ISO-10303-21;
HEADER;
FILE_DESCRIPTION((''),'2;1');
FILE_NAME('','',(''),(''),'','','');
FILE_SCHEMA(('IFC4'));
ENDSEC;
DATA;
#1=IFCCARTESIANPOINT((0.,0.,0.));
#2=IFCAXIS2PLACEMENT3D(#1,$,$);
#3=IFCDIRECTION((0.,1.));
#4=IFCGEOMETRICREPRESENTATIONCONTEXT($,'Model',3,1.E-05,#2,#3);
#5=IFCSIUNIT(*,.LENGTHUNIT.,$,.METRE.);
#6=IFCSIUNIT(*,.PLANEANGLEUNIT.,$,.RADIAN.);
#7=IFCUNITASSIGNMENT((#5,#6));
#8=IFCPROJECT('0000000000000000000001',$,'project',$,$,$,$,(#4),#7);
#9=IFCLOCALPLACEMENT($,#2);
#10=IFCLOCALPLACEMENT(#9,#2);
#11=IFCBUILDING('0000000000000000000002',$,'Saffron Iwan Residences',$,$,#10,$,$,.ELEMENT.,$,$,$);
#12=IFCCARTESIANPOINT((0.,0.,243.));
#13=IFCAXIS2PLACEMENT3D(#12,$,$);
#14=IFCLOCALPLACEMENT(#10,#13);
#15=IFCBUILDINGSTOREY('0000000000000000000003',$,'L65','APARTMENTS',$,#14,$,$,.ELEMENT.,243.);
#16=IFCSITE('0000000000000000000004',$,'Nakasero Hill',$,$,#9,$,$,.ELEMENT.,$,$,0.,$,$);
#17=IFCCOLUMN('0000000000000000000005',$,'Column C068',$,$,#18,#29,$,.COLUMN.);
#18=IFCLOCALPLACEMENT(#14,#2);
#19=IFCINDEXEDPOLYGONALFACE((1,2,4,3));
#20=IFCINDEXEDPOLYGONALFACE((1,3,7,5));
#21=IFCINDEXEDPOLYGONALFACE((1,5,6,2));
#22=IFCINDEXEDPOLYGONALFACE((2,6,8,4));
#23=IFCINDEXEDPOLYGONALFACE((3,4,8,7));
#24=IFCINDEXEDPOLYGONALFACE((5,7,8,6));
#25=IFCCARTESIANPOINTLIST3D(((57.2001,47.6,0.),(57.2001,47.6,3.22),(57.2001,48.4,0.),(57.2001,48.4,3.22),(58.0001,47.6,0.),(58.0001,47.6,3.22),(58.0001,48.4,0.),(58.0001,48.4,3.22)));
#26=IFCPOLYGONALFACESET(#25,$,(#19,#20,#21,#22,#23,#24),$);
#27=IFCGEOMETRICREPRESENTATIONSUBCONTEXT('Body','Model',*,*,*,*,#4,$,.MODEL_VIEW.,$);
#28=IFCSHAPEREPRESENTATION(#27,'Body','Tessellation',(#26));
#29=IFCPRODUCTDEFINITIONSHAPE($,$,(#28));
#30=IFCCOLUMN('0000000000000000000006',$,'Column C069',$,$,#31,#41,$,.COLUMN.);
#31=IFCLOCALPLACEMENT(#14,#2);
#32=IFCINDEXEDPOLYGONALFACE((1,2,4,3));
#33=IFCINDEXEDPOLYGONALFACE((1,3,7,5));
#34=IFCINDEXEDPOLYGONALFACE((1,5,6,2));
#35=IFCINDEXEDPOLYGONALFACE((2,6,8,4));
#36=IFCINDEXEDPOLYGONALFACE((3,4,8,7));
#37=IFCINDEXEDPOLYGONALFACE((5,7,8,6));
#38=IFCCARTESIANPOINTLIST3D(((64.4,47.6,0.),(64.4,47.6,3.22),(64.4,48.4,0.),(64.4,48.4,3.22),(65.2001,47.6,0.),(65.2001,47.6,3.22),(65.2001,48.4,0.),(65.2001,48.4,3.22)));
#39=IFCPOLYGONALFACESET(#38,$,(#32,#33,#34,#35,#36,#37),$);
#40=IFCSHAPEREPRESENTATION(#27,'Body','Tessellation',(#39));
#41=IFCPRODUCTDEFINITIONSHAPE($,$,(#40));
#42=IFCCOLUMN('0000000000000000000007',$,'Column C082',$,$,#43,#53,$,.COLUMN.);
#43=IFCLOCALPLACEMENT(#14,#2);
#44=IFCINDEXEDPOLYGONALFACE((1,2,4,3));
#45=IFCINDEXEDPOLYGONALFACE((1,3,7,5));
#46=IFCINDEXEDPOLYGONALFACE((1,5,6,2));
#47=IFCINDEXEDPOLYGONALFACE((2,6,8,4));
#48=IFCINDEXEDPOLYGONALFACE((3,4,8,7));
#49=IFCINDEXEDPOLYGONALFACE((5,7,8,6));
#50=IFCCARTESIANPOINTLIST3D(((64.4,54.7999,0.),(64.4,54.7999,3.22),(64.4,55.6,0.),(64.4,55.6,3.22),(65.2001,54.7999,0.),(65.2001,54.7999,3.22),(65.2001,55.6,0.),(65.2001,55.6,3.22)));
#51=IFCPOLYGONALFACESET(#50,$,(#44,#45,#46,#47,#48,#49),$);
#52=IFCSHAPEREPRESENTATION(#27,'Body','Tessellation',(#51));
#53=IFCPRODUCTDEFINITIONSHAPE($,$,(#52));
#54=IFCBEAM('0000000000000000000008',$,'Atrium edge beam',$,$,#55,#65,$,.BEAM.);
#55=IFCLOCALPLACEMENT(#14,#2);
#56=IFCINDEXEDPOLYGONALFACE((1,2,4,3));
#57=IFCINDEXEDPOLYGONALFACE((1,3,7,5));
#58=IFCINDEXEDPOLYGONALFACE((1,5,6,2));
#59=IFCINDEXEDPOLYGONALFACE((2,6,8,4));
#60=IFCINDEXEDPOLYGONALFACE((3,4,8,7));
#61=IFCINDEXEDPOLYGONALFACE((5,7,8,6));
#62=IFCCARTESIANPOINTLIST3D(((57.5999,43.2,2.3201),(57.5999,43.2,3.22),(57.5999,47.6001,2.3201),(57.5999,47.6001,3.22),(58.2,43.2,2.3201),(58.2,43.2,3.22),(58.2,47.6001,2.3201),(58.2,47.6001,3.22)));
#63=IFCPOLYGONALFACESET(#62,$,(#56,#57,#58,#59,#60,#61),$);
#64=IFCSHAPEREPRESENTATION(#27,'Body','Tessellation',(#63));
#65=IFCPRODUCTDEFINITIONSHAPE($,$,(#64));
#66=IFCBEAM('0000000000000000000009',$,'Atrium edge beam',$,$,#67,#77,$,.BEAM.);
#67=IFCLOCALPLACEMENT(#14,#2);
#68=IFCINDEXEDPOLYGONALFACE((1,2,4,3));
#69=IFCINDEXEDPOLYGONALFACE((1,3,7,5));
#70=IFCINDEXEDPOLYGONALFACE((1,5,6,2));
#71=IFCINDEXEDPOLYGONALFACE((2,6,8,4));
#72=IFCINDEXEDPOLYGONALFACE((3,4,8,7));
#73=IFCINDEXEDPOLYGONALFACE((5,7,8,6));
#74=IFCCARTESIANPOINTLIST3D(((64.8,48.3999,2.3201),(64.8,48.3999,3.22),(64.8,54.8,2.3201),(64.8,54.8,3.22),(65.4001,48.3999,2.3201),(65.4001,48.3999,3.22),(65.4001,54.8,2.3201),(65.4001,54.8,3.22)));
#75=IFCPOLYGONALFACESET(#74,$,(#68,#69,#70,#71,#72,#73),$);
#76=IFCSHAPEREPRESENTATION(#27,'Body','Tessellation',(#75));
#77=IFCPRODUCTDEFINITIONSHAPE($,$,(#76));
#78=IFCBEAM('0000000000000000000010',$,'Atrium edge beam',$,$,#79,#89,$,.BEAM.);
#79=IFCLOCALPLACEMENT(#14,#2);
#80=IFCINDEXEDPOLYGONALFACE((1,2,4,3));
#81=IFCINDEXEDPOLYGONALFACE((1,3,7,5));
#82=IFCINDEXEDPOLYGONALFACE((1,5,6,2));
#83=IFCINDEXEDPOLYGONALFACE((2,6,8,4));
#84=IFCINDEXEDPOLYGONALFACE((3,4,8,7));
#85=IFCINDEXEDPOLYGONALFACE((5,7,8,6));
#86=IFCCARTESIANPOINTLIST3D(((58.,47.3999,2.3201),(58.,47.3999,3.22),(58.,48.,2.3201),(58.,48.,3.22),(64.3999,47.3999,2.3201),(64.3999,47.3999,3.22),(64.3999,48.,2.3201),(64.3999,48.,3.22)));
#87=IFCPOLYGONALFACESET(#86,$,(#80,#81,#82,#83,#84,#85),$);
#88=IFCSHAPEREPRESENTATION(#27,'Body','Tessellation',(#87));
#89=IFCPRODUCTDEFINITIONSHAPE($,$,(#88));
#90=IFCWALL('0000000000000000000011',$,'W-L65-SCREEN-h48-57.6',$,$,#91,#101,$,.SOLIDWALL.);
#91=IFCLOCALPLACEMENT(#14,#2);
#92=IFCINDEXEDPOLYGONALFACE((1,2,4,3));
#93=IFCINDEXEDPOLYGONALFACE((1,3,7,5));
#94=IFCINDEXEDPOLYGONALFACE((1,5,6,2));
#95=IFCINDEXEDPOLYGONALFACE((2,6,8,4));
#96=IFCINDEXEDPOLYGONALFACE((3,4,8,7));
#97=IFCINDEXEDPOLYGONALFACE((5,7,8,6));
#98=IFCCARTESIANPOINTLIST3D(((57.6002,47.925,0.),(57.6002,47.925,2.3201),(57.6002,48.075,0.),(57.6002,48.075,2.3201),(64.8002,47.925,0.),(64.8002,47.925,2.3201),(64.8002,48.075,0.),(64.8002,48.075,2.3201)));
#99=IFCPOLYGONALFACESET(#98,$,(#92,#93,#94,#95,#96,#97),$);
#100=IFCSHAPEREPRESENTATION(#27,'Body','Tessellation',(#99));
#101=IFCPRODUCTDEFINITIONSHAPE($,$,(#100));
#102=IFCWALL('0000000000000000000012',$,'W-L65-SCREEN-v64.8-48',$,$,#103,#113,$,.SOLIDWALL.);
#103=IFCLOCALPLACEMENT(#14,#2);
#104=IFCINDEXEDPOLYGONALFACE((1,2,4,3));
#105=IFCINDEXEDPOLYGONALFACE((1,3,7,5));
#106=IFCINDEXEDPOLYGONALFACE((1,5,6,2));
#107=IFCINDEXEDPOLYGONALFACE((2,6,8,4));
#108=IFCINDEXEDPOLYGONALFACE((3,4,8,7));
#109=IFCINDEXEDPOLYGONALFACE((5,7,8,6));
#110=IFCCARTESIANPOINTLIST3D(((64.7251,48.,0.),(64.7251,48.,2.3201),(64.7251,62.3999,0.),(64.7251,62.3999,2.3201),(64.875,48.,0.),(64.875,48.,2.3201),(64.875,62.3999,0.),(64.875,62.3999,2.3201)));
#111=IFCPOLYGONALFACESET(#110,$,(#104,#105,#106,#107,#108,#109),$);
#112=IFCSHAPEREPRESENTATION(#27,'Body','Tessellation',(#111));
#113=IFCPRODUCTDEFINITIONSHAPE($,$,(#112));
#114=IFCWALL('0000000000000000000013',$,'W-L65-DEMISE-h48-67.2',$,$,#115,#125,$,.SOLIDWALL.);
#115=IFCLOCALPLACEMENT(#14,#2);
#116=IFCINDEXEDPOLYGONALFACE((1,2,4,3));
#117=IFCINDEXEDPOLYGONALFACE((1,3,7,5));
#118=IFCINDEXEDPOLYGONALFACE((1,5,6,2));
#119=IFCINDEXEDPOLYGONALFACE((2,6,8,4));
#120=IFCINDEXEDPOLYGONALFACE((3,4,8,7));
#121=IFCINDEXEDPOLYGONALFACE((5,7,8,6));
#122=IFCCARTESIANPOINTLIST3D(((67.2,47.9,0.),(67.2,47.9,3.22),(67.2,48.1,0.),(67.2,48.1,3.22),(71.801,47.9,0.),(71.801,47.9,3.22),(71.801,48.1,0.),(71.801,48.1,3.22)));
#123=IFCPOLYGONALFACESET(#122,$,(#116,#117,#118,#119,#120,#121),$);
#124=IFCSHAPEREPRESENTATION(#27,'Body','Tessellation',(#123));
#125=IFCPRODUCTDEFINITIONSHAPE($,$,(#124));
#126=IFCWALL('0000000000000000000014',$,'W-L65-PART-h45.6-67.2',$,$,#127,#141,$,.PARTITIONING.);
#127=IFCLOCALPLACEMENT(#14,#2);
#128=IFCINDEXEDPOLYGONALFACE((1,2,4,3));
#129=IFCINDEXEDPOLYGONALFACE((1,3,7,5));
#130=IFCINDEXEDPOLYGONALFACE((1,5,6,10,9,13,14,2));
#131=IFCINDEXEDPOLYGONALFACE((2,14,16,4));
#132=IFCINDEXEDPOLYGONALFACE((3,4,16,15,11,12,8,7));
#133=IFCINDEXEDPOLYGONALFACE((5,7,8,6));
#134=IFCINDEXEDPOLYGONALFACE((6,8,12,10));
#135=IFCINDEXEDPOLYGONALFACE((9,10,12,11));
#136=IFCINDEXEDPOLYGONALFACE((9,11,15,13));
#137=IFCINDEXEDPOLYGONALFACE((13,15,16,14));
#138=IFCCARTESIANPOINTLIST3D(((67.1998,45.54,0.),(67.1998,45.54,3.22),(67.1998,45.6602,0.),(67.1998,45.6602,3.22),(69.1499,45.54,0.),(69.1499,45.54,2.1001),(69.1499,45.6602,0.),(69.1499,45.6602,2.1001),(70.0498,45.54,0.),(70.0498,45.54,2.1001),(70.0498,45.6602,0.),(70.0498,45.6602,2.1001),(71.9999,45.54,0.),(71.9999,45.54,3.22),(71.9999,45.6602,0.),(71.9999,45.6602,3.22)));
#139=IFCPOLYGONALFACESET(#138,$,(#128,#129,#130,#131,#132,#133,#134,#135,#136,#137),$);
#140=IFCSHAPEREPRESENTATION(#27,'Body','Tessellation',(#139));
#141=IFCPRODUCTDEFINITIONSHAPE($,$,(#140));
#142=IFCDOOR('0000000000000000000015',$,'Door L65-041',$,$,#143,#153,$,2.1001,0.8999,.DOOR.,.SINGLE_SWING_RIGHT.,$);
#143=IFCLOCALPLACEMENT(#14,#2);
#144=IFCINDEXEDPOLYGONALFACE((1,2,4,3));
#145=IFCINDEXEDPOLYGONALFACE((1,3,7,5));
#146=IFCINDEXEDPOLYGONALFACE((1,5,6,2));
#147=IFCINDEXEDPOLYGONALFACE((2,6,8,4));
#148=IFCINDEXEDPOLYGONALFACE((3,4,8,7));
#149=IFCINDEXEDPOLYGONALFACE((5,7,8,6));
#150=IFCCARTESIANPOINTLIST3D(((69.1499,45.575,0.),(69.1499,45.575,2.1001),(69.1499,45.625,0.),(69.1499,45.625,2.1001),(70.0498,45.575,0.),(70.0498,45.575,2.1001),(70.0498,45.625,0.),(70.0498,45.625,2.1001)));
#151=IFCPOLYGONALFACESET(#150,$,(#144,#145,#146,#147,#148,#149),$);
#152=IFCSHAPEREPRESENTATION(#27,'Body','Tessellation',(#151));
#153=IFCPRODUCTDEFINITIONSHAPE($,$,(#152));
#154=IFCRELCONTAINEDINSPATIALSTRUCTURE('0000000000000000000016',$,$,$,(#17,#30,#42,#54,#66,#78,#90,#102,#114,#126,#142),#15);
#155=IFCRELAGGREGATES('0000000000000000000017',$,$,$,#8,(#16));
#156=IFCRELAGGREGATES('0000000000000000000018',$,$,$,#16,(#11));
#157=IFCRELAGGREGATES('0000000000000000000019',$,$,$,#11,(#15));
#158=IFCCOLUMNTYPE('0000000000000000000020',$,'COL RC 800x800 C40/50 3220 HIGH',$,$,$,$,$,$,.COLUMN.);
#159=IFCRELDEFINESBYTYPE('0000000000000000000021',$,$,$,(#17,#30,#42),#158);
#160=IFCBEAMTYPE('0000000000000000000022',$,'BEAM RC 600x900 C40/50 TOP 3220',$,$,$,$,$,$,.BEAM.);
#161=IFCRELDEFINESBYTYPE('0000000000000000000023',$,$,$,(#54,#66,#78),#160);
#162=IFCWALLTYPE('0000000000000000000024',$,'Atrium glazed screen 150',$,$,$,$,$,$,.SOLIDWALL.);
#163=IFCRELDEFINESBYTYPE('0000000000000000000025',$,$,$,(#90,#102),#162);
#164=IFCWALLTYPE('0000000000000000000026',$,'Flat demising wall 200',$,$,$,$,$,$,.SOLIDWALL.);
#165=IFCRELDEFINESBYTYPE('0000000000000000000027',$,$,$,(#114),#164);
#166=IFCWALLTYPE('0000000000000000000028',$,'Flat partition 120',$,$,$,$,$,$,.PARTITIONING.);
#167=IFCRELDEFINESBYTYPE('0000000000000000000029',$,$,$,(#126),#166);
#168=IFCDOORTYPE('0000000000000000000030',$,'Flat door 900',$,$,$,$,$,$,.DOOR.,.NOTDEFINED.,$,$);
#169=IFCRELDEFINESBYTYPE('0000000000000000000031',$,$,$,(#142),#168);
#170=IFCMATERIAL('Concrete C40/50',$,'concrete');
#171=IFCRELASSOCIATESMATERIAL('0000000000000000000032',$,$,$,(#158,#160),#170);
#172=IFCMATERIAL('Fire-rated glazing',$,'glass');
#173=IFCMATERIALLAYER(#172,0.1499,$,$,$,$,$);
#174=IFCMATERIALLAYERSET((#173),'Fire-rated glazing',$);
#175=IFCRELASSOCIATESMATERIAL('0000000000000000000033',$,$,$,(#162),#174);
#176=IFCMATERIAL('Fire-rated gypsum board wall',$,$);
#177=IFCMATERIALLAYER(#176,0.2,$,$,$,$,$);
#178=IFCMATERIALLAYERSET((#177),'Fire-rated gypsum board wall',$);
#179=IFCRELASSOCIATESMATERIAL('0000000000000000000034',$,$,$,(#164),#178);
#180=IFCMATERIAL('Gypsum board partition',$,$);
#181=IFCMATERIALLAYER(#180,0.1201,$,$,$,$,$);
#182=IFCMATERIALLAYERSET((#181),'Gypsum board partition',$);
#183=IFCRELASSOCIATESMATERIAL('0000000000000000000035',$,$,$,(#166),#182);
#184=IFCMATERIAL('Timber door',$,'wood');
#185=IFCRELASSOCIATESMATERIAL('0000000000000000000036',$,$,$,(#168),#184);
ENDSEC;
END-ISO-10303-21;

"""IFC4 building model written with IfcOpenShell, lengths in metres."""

from ifc_helpers import new_model, si_unit, direction, frame, frame_2d, origin, origin_2d, place, context, subcontext, project, spatial, rectangle, extrude, source, transform, mapped, material, layer, layer_set, material_profile, profile_set, type_object, element, fill, save


model = new_model("IFC4")

# Units and contexts
model_context = context("Model", 3, precision=1e-05, world=origin(), true_north=direction((0.0, 1.0)))
body_context = subcontext(model_context, "Body", "Model", "MODEL_VIEW")
ifc_project = project(units=[si_unit("LENGTHUNIT", "METRE"), si_unit("PLANEANGLEUNIT", "RADIAN")], contexts=[model_context])

# Site, building, storey
site_placement = place(None, origin())
site = spatial("IfcSite", under=ifc_project, at=site_placement, Name="Nakasero Hill", CompositionType="ELEMENT", RefElevation=0.0)
building_placement = place(site_placement, origin())
building = spatial("IfcBuilding", under=site, at=building_placement, Name="Saffron Iwan Residences", CompositionType="ELEMENT")
storey_placement = place(building_placement, frame((0.0, 0.0, 243.0)))
storey = spatial("IfcBuildingStorey", under=building, at=storey_placement, Name="L65", Description="APARTMENTS", CompositionType="ELEMENT", Elevation=243.0)

# Columns
ifc_material_1 = material(Name="Concrete C40/50", Category="concrete")
ifc_material_profile_1 = material_profile(ifc_material_1, rectangle(XDim=0.8, YDim=0.8, at=origin_2d()), Name="RC 800x800")
ifc_profile_set_1 = profile_set([ifc_material_profile_1], Name="Concrete C40/50")
column_type = type_object("IfcColumnType", Name="COL RC 800x800 C40/50 3220 HIGH", PredefinedType="COLUMN", material=ifc_profile_set_1)
shared_shape_1 = source(origin(), body_context, "Body", "SweptSolid", [
    extrude(rectangle(XDim=0.8, YDim=0.8, at=origin_2d()), origin(), (0.0, 0.0, 1.0), 3.22),
])
for number, where, z_axis, x_axis, name in (
    (1, (57.6001, 48.0, 0.0), (0.0, 0.0, 1.0), (1.0, 0.0, 0.0), "Column C068"),
    (2, (64.8, 48.0, 0.0), (0.0, 0.0, 1.0), (1.0, 0.0, 0.0), "Column C069"),
    (3, (64.8, 55.2, 0.0), (0.0, 0.0, 1.0), (1.0, 0.0, 0.0), "Column C082"),
):
    element("IfcColumn", number, at=place(storey_placement, frame(where, z_axis=z_axis, x_axis=x_axis)), inside=storey, type_object=column_type, Name=name, PredefinedType="COLUMN", context=body_context, shape_type="MappedRepresentation", body=[
        mapped(shared_shape_1, transform((0.0, 0.0, 0.0))),
    ])

# Beams
ifc_material_profile_2 = material_profile(ifc_material_1, rectangle(XDim=0.6001, YDim=0.8999, at=origin_2d()), Name="RC 600x900")
ifc_profile_set_2 = profile_set([ifc_material_profile_2], Name="Concrete C40/50")
beam_type = type_object("IfcBeamType", Name="BEAM RC 600x900 C40/50 TOP 3220", PredefinedType="BEAM", material=ifc_profile_set_2)
shared_shape_2 = source(origin(), body_context, "Body", "SweptSolid", [
    extrude(rectangle(XDim=0.6001, YDim=0.8999, at=origin_2d()), origin(), (0.0, 0.0, 1.0), 4.4001),
])
beam_1_placement = place(storey_placement, frame((57.8999, 47.6001, 2.77), z_axis=(0.0, -1.0, 0.0), x_axis=(1.0, 0.0, 0.0)))
element("IfcBeam", 4, at=beam_1_placement, inside=storey, type_object=beam_type, Name="Atrium edge beam", PredefinedType="BEAM", context=body_context, shape_type="MappedRepresentation", body=[
    mapped(shared_shape_2, transform((0.0, 0.0, 0.0))),
])
shared_shape_3 = source(origin(), body_context, "Body", "SweptSolid", [
    extrude(rectangle(XDim=0.6001, YDim=0.8999, at=origin_2d()), origin(), (0.0, 0.0, 1.0), 6.4001),
])
beam_2_placement = place(storey_placement, frame((65.1001, 54.8, 2.77), z_axis=(0.0, -1.0, 0.0), x_axis=(1.0, 0.0, 0.0)))
element("IfcBeam", 5, at=beam_2_placement, inside=storey, type_object=beam_type, Name="Atrium edge beam", PredefinedType="BEAM", context=body_context, shape_type="MappedRepresentation", body=[
    mapped(shared_shape_3, transform((0.0, 0.0, 0.0))),
])
shared_shape_4 = source(origin(), body_context, "Body", "SweptSolid", [
    extrude(rectangle(XDim=0.6001, YDim=0.8999, at=origin_2d()), origin(), (0.0, 0.0, 1.0), 6.3999),
])
beam_3_placement = place(storey_placement, frame((64.3999, 47.7, 2.77), z_axis=(-1.0, 0.0, 0.0), x_axis=(0.0, -1.0, 0.0)))
element("IfcBeam", 6, at=beam_3_placement, inside=storey, type_object=beam_type, Name="Atrium edge beam", PredefinedType="BEAM", context=body_context, shape_type="MappedRepresentation", body=[
    mapped(shared_shape_4, transform((0.0, 0.0, 0.0))),
])

# Walls
ifc_material_2 = material(Name="Fire-rated glazing", Category="glass")
ifc_layer_1 = layer(ifc_material_2, 0.1499)
ifc_layer_set_1 = layer_set([ifc_layer_1], Name="Fire-rated glazing")
wall_type_1 = type_object("IfcWallType", Name="Atrium glazed screen 150", PredefinedType="SOLIDWALL", material=ifc_layer_set_1)
wall_1_placement = place(storey_placement, frame((57.6001, 48.0, 0.0), z_axis=(0.0, 0.0, 1.0), x_axis=(1.0, 0.0, 0.0)))
element("IfcWall", 7, at=wall_1_placement, inside=storey, type_object=wall_type_1, Name="W-L65-SCREEN-h48-57.6", PredefinedType="SOLIDWALL", context=body_context, shape_type="SweptSolid", body=[
    extrude(rectangle(XDim=7.2, YDim=0.1499, at=frame_2d((3.6001, 0.0))), origin(), (0.0, 0.0, 1.0), 2.3201),
])
wall_2_placement = place(storey_placement, frame((64.8, 48.0, 0.0), z_axis=(0.0, 0.0, 1.0), x_axis=(0.0, 1.0, 0.0)))
element("IfcWall", 8, at=wall_2_placement, inside=storey, type_object=wall_type_1, Name="W-L65-SCREEN-v64.8-48", PredefinedType="SOLIDWALL", context=body_context, shape_type="SweptSolid", body=[
    extrude(rectangle(XDim=14.3999, YDim=0.1499, at=frame_2d((7.2, 0.0))), origin(), (0.0, 0.0, 1.0), 2.3201),
])
ifc_material_3 = material(Name="Fire-rated gypsum board wall")
ifc_layer_2 = layer(ifc_material_3, 0.2)
ifc_layer_set_2 = layer_set([ifc_layer_2], Name="Fire-rated gypsum board wall")
wall_type_2 = type_object("IfcWallType", Name="Flat demising wall 200", PredefinedType="SOLIDWALL", material=ifc_layer_set_2)
wall_3_placement = place(storey_placement, frame((67.2, 48.0, 0.0), z_axis=(0.0, 0.0, 1.0), x_axis=(1.0, 0.0, 0.0)))
element("IfcWall", 9, at=wall_3_placement, inside=storey, type_object=wall_type_2, Name="W-L65-DEMISE-h48-67.2", PredefinedType="SOLIDWALL", context=body_context, shape_type="SweptSolid", body=[
    extrude(rectangle(XDim=4.6011, YDim=0.2, at=frame_2d((2.3005, 0.0))), origin(), (0.0, 0.0, 1.0), 3.22),
])

# Wall, opening, door
ifc_material_4 = material(Name="Gypsum board partition")
ifc_layer_3 = layer(ifc_material_4, 0.1201)
ifc_layer_set_3 = layer_set([ifc_layer_3], Name="Gypsum board partition")
wall_type_3 = type_object("IfcWallType", Name="Flat partition 120", PredefinedType="PARTITIONING", material=ifc_layer_set_3)
wall_4_placement = place(storey_placement, frame((67.2, 45.6001, 0.0), z_axis=(0.0, 0.0, 1.0), x_axis=(1.0, 0.0, 0.0)))
wall_4 = element("IfcWall", 10, at=wall_4_placement, inside=storey, type_object=wall_type_3, Name="W-L65-PART-h45.6-67.2", PredefinedType="PARTITIONING", context=body_context, shape_type="SweptSolid", body=[
    extrude(rectangle(XDim=4.8, YDim=0.1201, at=frame_2d((2.3999, 0.0))), origin(), (0.0, 0.0, 1.0), 3.22),
])
opening_1_placement = place(wall_4_placement, frame((1.95, 0.0, 0.0)))
opening_1 = element("IfcOpeningElement", 11, at=opening_1_placement, cuts=wall_4, PredefinedType="OPENING", context=body_context, shape_type="SweptSolid", body=[
    extrude(rectangle(XDim=0.8999, YDim=2.1001, at=frame_2d((0.45, 1.05))), frame((0.0, 0.0701, 0.0), z_axis=(0.0, -1.0, 0.0), x_axis=(1.0, 0.0, 0.0)), (0.0, 0.0, 1.0), 0.1401),
])
ifc_material_5 = material(Name="Timber door", Category="wood")
door_type_1 = type_object("IfcDoorType", Name="Flat door 900", OperationType="NOTDEFINED", PredefinedType="DOOR", material=ifc_material_5)
door_1_placement = place(opening_1_placement, origin())
door_1 = element("IfcDoor", 12, at=door_1_placement, inside=storey, type_object=door_type_1, Name="Door L65-041", OperationType="SINGLE_SWING_RIGHT", OverallHeight=2.1001, OverallWidth=0.8999, PredefinedType="DOOR", context=body_context, shape_type="SweptSolid", body=[
    extrude(rectangle(XDim=0.8999, YDim=2.1001, at=frame_2d((0.45, 1.05))), frame((0.0, 0.0249, 0.0), z_axis=(0.0, -1.0, 0.0), x_axis=(1.0, 0.0, 0.0)), (0.0, 0.0, 1.0), 0.05),
])
fill(opening_1, door_1)

save(model, "model.ifc")
